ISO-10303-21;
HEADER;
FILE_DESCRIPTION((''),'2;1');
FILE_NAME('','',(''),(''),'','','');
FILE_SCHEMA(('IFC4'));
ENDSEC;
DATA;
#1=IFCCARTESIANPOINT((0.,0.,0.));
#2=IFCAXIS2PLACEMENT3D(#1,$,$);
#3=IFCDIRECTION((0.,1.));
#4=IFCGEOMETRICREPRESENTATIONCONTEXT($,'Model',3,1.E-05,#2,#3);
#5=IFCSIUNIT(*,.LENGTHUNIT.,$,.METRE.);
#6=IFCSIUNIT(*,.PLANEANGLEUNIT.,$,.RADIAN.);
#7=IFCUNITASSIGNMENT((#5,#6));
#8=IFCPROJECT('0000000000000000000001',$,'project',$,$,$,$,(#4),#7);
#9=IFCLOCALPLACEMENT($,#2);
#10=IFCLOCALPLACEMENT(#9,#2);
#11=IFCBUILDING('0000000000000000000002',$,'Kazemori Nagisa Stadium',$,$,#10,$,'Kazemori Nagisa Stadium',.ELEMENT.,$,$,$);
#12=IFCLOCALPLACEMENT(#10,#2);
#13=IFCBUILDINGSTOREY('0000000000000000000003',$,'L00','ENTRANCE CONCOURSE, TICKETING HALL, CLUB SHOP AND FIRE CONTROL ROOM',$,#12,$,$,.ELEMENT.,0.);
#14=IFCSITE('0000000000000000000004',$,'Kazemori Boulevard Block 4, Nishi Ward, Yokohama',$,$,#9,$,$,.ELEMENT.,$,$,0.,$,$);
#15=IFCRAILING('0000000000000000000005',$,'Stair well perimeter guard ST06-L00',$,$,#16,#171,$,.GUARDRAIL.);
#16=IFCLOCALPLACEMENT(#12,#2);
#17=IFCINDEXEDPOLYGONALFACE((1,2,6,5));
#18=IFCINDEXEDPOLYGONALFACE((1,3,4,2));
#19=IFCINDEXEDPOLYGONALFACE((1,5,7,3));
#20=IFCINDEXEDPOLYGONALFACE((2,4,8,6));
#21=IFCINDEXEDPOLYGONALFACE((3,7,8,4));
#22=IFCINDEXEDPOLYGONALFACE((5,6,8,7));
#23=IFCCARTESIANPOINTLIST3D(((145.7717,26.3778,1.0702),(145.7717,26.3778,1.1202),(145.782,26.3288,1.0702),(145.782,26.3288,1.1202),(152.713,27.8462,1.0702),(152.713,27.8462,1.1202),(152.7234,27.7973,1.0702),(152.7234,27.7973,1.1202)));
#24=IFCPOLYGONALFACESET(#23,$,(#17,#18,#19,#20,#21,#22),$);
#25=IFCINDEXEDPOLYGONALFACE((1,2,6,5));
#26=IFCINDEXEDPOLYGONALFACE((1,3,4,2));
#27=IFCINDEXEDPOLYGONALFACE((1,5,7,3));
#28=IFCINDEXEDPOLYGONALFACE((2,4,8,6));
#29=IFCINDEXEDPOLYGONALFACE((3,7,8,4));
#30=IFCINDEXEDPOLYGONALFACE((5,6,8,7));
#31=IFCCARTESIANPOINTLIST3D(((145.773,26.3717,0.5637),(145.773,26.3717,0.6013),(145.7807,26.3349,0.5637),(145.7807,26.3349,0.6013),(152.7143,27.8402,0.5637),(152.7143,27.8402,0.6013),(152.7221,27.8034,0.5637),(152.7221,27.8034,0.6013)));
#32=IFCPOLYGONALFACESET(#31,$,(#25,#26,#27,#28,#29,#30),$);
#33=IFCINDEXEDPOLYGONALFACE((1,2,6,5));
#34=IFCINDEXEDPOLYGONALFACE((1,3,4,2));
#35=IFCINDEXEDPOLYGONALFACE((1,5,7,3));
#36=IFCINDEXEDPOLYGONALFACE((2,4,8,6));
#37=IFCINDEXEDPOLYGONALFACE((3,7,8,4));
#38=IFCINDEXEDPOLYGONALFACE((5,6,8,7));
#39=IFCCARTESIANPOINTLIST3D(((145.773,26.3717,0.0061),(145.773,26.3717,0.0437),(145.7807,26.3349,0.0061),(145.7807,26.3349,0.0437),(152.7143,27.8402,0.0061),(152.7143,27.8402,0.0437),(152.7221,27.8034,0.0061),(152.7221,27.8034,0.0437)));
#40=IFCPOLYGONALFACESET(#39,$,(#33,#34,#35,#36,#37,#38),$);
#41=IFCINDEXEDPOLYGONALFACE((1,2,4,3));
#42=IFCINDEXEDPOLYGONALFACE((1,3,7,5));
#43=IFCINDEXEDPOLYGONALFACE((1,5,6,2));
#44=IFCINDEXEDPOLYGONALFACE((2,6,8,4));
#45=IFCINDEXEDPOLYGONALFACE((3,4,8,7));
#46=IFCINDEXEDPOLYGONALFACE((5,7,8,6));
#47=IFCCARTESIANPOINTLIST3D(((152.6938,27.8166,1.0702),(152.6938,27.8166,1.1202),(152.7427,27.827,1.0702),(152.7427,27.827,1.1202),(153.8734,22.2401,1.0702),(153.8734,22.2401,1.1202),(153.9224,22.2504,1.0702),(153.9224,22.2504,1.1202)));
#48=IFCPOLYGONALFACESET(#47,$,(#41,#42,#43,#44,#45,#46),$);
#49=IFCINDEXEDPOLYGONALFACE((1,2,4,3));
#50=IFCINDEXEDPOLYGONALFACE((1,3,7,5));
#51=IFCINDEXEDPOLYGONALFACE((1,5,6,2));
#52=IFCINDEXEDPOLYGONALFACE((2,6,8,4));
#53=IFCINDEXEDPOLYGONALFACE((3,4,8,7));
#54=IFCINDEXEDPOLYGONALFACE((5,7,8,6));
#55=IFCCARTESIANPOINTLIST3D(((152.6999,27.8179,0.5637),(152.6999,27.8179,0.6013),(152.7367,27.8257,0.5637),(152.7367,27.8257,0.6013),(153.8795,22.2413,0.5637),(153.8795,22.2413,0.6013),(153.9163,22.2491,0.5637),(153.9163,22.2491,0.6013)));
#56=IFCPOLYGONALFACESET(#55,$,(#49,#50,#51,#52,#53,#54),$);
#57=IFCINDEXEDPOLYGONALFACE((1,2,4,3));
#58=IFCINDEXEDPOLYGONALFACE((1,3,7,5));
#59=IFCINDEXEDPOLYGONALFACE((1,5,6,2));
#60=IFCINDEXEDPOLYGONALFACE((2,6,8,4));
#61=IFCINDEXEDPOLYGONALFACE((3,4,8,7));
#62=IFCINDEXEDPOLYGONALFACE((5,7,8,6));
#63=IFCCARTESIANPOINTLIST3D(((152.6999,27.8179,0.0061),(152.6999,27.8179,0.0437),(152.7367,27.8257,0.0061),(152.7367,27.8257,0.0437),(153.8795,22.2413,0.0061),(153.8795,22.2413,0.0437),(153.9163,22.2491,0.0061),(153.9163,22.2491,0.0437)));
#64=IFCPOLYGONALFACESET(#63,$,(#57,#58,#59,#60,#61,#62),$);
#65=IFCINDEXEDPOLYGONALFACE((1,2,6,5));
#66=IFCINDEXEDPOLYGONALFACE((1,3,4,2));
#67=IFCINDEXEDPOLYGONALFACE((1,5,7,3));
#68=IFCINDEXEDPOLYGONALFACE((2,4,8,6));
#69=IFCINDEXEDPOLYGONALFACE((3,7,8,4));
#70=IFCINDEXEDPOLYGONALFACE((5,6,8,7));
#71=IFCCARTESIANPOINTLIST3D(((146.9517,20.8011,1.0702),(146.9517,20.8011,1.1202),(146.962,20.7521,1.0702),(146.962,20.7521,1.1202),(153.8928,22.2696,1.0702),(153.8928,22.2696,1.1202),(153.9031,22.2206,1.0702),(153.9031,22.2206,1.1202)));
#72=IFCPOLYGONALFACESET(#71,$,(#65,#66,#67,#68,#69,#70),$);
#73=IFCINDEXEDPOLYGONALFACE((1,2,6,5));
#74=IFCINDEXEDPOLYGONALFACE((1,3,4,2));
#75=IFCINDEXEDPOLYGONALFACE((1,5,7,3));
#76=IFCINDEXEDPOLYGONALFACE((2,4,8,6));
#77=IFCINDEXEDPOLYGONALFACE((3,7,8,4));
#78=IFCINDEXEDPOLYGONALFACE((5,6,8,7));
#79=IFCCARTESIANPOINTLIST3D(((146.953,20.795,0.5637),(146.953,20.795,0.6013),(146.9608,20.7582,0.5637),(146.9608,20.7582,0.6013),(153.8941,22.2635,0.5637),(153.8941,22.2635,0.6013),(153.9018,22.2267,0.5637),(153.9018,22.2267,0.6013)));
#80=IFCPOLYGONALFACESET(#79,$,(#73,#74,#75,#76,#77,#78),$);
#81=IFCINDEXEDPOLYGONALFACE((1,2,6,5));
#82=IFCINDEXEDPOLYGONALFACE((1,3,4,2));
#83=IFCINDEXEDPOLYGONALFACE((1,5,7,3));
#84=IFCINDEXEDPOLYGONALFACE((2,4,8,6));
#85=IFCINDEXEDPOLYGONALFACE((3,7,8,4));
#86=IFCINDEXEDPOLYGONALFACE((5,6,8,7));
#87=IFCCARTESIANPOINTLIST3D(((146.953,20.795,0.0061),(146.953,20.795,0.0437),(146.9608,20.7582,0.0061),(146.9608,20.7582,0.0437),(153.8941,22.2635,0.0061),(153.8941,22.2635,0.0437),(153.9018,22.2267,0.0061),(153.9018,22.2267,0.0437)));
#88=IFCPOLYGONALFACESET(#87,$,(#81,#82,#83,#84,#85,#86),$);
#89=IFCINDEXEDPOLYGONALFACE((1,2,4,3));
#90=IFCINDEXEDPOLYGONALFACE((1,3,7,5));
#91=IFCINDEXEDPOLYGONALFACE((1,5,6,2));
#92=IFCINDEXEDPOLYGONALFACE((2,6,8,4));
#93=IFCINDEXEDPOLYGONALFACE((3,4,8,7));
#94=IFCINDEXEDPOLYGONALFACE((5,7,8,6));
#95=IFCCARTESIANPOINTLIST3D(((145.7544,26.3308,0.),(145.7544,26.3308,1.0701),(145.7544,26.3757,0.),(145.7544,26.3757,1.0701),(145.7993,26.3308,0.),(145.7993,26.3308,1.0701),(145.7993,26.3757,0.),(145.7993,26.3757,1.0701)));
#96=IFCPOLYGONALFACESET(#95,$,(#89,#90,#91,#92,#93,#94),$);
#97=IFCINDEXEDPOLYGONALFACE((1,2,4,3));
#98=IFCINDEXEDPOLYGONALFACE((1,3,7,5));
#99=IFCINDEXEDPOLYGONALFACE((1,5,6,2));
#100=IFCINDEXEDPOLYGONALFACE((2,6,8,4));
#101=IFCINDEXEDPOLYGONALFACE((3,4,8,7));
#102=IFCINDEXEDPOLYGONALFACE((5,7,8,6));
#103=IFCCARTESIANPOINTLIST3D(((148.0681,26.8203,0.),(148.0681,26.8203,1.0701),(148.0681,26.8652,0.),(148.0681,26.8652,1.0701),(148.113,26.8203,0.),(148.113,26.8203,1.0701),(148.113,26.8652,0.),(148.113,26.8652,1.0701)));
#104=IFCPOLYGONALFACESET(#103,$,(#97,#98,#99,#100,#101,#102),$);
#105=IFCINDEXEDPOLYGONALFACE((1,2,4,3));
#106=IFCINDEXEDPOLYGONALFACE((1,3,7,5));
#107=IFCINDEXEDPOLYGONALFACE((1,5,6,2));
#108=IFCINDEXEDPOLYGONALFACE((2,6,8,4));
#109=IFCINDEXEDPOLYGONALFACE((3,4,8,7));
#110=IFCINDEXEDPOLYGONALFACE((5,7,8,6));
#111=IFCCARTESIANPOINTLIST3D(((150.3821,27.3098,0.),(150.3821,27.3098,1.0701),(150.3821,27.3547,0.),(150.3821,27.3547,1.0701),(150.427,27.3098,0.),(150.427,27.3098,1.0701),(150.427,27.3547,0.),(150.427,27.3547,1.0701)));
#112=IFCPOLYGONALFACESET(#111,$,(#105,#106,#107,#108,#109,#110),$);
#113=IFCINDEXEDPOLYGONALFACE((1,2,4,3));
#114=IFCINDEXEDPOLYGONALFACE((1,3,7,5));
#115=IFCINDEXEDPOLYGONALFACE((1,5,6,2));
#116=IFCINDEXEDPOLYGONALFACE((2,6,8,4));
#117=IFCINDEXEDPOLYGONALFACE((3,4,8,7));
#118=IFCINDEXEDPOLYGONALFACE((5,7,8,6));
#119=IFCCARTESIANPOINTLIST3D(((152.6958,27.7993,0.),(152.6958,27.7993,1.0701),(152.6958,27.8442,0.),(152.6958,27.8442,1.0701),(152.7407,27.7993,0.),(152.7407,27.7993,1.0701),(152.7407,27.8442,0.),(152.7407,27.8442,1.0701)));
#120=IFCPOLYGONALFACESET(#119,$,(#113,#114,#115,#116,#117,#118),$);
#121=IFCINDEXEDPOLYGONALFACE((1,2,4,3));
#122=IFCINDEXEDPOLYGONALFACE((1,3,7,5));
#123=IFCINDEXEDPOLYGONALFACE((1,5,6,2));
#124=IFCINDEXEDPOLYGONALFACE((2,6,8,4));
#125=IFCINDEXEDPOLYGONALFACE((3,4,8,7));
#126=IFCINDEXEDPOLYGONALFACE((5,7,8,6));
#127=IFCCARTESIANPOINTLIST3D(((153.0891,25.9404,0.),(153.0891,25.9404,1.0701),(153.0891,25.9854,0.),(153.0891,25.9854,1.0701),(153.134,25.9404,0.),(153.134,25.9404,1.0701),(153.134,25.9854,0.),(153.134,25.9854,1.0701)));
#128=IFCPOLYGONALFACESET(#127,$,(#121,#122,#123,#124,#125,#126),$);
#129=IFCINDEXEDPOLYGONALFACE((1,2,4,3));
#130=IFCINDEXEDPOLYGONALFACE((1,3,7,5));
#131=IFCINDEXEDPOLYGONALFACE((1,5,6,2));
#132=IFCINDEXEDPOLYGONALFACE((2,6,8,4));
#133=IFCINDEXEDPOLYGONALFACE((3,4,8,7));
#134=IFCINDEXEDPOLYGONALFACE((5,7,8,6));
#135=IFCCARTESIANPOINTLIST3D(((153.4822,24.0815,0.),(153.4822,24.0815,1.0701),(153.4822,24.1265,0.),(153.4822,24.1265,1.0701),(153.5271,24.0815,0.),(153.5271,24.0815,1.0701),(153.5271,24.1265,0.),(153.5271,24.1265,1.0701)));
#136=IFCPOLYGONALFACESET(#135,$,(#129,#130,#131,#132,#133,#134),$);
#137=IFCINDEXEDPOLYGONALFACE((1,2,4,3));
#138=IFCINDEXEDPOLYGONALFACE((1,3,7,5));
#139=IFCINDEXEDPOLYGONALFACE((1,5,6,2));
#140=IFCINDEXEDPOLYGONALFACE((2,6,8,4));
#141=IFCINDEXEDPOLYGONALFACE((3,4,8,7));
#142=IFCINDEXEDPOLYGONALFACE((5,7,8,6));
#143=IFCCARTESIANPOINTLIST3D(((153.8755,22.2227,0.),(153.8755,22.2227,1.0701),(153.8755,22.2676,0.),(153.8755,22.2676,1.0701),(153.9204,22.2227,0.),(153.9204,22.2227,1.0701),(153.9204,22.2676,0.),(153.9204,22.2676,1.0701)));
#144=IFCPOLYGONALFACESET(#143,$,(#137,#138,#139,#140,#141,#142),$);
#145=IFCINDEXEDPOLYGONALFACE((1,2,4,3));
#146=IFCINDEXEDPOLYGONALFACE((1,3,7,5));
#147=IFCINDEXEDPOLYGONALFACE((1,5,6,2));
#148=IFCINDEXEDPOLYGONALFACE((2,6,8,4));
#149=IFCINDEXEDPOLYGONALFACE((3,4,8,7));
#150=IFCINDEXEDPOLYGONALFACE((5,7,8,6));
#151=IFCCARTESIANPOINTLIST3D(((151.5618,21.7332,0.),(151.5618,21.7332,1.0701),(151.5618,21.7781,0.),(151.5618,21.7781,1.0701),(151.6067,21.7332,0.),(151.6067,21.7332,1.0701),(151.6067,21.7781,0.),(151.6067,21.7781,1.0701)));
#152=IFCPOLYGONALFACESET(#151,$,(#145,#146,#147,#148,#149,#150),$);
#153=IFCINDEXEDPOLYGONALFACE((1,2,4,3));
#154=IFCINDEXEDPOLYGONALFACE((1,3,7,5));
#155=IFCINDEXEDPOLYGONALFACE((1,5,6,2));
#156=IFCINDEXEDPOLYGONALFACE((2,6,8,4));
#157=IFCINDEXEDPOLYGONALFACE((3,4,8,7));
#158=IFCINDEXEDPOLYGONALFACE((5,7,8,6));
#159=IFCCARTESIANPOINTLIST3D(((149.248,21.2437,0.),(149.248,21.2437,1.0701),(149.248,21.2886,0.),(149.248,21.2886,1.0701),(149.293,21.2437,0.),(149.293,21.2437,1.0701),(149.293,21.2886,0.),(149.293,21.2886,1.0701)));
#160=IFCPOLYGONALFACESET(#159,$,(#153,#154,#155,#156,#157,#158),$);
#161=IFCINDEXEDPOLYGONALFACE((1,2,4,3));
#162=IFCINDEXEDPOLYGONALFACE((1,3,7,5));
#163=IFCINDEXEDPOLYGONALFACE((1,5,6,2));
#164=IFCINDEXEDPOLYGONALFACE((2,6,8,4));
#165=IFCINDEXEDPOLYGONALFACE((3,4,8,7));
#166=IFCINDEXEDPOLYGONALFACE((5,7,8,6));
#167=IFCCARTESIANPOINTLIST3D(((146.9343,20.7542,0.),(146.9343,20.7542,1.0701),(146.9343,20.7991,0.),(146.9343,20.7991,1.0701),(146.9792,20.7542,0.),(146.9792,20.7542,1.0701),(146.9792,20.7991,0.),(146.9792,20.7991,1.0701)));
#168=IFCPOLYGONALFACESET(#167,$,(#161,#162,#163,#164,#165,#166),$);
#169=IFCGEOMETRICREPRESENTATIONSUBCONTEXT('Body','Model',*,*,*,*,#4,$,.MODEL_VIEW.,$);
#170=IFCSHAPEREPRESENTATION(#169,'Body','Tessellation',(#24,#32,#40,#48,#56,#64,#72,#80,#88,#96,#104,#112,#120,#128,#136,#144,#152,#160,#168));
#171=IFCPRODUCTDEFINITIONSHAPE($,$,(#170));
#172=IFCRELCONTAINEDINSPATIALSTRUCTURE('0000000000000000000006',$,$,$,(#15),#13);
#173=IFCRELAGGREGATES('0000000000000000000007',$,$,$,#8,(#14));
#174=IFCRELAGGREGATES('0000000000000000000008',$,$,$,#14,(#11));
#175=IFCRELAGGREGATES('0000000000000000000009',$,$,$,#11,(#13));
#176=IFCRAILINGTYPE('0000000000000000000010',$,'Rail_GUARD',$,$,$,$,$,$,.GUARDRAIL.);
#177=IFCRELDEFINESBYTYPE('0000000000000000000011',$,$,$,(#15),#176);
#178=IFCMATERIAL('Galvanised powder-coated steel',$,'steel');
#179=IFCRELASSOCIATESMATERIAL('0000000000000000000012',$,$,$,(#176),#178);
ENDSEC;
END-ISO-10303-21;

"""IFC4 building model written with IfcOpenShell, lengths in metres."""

from ifc_helpers import new_model, si_unit, direction, frame, origin, origin_2d, place, context, subcontext, project, spatial, rectangle, extrude, material, type_object, element, save


model = new_model("IFC4")

# Units and contexts
model_context = context("Model", 3, precision=1e-05, world=origin(), true_north=direction((0.0, 1.0)))
body_context = subcontext(model_context, "Body", "Model", "MODEL_VIEW")
ifc_project = project(units=[si_unit("LENGTHUNIT", "METRE"), si_unit("PLANEANGLEUNIT", "RADIAN")], contexts=[model_context])

# Site, building, storey
site_placement = place(None, origin())
site = spatial("IfcSite", under=ifc_project, at=site_placement, Name="Kazemori Boulevard Block 4, Nishi Ward, Yokohama", CompositionType="ELEMENT", RefElevation=0.0)
building_placement = place(site_placement, origin())
building = spatial("IfcBuilding", under=site, at=building_placement, Name="Kazemori Nagisa Stadium", LongName="Kazemori Nagisa Stadium", CompositionType="ELEMENT")
storey_placement = place(building_placement, origin())
storey = spatial("IfcBuildingStorey", under=building, at=storey_placement, Name="L00", Description="ENTRANCE CONCOURSE, TICKETING HALL, CLUB SHOP AND FIRE CONTROL ROOM", CompositionType="ELEMENT", Elevation=0.0)

# Railing
ifc_material_1 = material(Name="Galvanised powder-coated steel", Category="steel")
railing_type_1 = type_object("IfcRailingType", Name="Rail_GUARD", PredefinedType="GUARDRAIL", material=ifc_material_1)
railing_1_placement = place(storey_placement, frame((145.7769, 26.3533, 0.0)))
element("IfcRailing", 1, at=railing_1_placement, inside=storey, type_object=railing_type_1, Name="Stair well perimeter guard ST06-L00", PredefinedType="GUARDRAIL", context=body_context, shape_type="SweptSolid", body=[
    extrude(rectangle(XDim=0.05, YDim=0.05, at=origin_2d()), frame((0.0, 0.0, 1.0952), z_axis=(0.978346, 0.206976, 0.0), x_axis=(-0.206976, 0.978346, 0.0)), (0.0, 0.0, 1.0), 7.095),
    extrude(rectangle(XDim=0.0376, YDim=0.0376, at=origin_2d()), frame((0.0, 0.0, 0.5825), z_axis=(0.978346, 0.206976, 0.0), x_axis=(-0.206976, 0.978346, 0.0)), (0.0, 0.0, 1.0), 7.095),
    extrude(rectangle(XDim=0.0376, YDim=0.0376, at=origin_2d()), frame((0.0, 0.0, 0.0249), z_axis=(0.978346, 0.206976, 0.0), x_axis=(-0.206976, 0.978346, 0.0)), (0.0, 0.0, 1.0), 7.095),
    extrude(rectangle(XDim=0.05, YDim=0.05, at=origin_2d()), frame((6.9414, 1.4685, 1.0952), z_axis=(0.20696, -0.978349, 0.0), x_axis=(0.978349, 0.20696, 0.0)), (0.0, 0.0, 1.0), 5.7),
    extrude(rectangle(XDim=0.0376, YDim=0.0376, at=origin_2d()), frame((6.9414, 1.4685, 0.5825), z_axis=(0.20696, -0.978349, 0.0), x_axis=(0.978349, 0.20696, 0.0)), (0.0, 0.0, 1.0), 5.7),
    extrude(rectangle(XDim=0.0376, YDim=0.0376, at=origin_2d()), frame((6.9414, 1.4685, 0.0249), z_axis=(0.20696, -0.978349, 0.0), x_axis=(0.978349, 0.20696, 0.0)), (0.0, 0.0, 1.0), 5.7),
    extrude(rectangle(XDim=0.05, YDim=0.05, at=origin_2d()), frame((8.1211, -4.1082, 1.0952), z_axis=(-0.978344, -0.206983, 0.0), x_axis=(0.206983, -0.978344, 0.0)), (0.0, 0.0, 1.0), 7.0947),
    extrude(rectangle(XDim=0.0376, YDim=0.0376, at=origin_2d()), frame((8.1211, -4.1082, 0.5825), z_axis=(-0.978344, -0.206983, 0.0), x_axis=(0.206983, -0.978344, 0.0)), (0.0, 0.0, 1.0), 7.0947),
    extrude(rectangle(XDim=0.0376, YDim=0.0376, at=origin_2d()), frame((8.1211, -4.1082, 0.0249), z_axis=(-0.978344, -0.206983, 0.0), x_axis=(0.206983, -0.978344, 0.0)), (0.0, 0.0, 1.0), 7.0947),
    extrude(rectangle(XDim=0.0449, YDim=0.0449, at=origin_2d()), origin(), (0.0, 0.0, 1.0), 1.0701),
    extrude(rectangle(XDim=0.0449, YDim=0.0449, at=origin_2d()), frame((2.3137, 0.4895, 0.0)), (0.0, 0.0, 1.0), 1.0701),
    extrude(rectangle(XDim=0.0449, YDim=0.0449, at=origin_2d()), frame((4.6277, 0.979, 0.0)), (0.0, 0.0, 1.0), 1.0701),
    extrude(rectangle(XDim=0.0449, YDim=0.0449, at=origin_2d()), frame((6.9414, 1.4685, 0.0)), (0.0, 0.0, 1.0), 1.0701),
    extrude(rectangle(XDim=0.0449, YDim=0.0449, at=origin_2d()), frame((7.3347, -0.3904, 0.0)), (0.0, 0.0, 1.0), 1.0701),
    extrude(rectangle(XDim=0.0449, YDim=0.0449, at=origin_2d()), frame((7.7278, -2.2493, 0.0)), (0.0, 0.0, 1.0), 1.0701),
    extrude(rectangle(XDim=0.0449, YDim=0.0449, at=origin_2d()), frame((8.1211, -4.1082, 0.0)), (0.0, 0.0, 1.0), 1.0701),
    extrude(rectangle(XDim=0.0449, YDim=0.0449, at=origin_2d()), frame((5.8074, -4.5977, 0.0)), (0.0, 0.0, 1.0), 1.0701),
    extrude(rectangle(XDim=0.0449, YDim=0.0449, at=origin_2d()), frame((3.4937, -5.0872, 0.0)), (0.0, 0.0, 1.0), 1.0701),
    extrude(rectangle(XDim=0.0449, YDim=0.0449, at=origin_2d()), frame((1.1799, -5.5767, 0.0)), (0.0, 0.0, 1.0), 1.0701),
])

save(model, "model.ifc")
